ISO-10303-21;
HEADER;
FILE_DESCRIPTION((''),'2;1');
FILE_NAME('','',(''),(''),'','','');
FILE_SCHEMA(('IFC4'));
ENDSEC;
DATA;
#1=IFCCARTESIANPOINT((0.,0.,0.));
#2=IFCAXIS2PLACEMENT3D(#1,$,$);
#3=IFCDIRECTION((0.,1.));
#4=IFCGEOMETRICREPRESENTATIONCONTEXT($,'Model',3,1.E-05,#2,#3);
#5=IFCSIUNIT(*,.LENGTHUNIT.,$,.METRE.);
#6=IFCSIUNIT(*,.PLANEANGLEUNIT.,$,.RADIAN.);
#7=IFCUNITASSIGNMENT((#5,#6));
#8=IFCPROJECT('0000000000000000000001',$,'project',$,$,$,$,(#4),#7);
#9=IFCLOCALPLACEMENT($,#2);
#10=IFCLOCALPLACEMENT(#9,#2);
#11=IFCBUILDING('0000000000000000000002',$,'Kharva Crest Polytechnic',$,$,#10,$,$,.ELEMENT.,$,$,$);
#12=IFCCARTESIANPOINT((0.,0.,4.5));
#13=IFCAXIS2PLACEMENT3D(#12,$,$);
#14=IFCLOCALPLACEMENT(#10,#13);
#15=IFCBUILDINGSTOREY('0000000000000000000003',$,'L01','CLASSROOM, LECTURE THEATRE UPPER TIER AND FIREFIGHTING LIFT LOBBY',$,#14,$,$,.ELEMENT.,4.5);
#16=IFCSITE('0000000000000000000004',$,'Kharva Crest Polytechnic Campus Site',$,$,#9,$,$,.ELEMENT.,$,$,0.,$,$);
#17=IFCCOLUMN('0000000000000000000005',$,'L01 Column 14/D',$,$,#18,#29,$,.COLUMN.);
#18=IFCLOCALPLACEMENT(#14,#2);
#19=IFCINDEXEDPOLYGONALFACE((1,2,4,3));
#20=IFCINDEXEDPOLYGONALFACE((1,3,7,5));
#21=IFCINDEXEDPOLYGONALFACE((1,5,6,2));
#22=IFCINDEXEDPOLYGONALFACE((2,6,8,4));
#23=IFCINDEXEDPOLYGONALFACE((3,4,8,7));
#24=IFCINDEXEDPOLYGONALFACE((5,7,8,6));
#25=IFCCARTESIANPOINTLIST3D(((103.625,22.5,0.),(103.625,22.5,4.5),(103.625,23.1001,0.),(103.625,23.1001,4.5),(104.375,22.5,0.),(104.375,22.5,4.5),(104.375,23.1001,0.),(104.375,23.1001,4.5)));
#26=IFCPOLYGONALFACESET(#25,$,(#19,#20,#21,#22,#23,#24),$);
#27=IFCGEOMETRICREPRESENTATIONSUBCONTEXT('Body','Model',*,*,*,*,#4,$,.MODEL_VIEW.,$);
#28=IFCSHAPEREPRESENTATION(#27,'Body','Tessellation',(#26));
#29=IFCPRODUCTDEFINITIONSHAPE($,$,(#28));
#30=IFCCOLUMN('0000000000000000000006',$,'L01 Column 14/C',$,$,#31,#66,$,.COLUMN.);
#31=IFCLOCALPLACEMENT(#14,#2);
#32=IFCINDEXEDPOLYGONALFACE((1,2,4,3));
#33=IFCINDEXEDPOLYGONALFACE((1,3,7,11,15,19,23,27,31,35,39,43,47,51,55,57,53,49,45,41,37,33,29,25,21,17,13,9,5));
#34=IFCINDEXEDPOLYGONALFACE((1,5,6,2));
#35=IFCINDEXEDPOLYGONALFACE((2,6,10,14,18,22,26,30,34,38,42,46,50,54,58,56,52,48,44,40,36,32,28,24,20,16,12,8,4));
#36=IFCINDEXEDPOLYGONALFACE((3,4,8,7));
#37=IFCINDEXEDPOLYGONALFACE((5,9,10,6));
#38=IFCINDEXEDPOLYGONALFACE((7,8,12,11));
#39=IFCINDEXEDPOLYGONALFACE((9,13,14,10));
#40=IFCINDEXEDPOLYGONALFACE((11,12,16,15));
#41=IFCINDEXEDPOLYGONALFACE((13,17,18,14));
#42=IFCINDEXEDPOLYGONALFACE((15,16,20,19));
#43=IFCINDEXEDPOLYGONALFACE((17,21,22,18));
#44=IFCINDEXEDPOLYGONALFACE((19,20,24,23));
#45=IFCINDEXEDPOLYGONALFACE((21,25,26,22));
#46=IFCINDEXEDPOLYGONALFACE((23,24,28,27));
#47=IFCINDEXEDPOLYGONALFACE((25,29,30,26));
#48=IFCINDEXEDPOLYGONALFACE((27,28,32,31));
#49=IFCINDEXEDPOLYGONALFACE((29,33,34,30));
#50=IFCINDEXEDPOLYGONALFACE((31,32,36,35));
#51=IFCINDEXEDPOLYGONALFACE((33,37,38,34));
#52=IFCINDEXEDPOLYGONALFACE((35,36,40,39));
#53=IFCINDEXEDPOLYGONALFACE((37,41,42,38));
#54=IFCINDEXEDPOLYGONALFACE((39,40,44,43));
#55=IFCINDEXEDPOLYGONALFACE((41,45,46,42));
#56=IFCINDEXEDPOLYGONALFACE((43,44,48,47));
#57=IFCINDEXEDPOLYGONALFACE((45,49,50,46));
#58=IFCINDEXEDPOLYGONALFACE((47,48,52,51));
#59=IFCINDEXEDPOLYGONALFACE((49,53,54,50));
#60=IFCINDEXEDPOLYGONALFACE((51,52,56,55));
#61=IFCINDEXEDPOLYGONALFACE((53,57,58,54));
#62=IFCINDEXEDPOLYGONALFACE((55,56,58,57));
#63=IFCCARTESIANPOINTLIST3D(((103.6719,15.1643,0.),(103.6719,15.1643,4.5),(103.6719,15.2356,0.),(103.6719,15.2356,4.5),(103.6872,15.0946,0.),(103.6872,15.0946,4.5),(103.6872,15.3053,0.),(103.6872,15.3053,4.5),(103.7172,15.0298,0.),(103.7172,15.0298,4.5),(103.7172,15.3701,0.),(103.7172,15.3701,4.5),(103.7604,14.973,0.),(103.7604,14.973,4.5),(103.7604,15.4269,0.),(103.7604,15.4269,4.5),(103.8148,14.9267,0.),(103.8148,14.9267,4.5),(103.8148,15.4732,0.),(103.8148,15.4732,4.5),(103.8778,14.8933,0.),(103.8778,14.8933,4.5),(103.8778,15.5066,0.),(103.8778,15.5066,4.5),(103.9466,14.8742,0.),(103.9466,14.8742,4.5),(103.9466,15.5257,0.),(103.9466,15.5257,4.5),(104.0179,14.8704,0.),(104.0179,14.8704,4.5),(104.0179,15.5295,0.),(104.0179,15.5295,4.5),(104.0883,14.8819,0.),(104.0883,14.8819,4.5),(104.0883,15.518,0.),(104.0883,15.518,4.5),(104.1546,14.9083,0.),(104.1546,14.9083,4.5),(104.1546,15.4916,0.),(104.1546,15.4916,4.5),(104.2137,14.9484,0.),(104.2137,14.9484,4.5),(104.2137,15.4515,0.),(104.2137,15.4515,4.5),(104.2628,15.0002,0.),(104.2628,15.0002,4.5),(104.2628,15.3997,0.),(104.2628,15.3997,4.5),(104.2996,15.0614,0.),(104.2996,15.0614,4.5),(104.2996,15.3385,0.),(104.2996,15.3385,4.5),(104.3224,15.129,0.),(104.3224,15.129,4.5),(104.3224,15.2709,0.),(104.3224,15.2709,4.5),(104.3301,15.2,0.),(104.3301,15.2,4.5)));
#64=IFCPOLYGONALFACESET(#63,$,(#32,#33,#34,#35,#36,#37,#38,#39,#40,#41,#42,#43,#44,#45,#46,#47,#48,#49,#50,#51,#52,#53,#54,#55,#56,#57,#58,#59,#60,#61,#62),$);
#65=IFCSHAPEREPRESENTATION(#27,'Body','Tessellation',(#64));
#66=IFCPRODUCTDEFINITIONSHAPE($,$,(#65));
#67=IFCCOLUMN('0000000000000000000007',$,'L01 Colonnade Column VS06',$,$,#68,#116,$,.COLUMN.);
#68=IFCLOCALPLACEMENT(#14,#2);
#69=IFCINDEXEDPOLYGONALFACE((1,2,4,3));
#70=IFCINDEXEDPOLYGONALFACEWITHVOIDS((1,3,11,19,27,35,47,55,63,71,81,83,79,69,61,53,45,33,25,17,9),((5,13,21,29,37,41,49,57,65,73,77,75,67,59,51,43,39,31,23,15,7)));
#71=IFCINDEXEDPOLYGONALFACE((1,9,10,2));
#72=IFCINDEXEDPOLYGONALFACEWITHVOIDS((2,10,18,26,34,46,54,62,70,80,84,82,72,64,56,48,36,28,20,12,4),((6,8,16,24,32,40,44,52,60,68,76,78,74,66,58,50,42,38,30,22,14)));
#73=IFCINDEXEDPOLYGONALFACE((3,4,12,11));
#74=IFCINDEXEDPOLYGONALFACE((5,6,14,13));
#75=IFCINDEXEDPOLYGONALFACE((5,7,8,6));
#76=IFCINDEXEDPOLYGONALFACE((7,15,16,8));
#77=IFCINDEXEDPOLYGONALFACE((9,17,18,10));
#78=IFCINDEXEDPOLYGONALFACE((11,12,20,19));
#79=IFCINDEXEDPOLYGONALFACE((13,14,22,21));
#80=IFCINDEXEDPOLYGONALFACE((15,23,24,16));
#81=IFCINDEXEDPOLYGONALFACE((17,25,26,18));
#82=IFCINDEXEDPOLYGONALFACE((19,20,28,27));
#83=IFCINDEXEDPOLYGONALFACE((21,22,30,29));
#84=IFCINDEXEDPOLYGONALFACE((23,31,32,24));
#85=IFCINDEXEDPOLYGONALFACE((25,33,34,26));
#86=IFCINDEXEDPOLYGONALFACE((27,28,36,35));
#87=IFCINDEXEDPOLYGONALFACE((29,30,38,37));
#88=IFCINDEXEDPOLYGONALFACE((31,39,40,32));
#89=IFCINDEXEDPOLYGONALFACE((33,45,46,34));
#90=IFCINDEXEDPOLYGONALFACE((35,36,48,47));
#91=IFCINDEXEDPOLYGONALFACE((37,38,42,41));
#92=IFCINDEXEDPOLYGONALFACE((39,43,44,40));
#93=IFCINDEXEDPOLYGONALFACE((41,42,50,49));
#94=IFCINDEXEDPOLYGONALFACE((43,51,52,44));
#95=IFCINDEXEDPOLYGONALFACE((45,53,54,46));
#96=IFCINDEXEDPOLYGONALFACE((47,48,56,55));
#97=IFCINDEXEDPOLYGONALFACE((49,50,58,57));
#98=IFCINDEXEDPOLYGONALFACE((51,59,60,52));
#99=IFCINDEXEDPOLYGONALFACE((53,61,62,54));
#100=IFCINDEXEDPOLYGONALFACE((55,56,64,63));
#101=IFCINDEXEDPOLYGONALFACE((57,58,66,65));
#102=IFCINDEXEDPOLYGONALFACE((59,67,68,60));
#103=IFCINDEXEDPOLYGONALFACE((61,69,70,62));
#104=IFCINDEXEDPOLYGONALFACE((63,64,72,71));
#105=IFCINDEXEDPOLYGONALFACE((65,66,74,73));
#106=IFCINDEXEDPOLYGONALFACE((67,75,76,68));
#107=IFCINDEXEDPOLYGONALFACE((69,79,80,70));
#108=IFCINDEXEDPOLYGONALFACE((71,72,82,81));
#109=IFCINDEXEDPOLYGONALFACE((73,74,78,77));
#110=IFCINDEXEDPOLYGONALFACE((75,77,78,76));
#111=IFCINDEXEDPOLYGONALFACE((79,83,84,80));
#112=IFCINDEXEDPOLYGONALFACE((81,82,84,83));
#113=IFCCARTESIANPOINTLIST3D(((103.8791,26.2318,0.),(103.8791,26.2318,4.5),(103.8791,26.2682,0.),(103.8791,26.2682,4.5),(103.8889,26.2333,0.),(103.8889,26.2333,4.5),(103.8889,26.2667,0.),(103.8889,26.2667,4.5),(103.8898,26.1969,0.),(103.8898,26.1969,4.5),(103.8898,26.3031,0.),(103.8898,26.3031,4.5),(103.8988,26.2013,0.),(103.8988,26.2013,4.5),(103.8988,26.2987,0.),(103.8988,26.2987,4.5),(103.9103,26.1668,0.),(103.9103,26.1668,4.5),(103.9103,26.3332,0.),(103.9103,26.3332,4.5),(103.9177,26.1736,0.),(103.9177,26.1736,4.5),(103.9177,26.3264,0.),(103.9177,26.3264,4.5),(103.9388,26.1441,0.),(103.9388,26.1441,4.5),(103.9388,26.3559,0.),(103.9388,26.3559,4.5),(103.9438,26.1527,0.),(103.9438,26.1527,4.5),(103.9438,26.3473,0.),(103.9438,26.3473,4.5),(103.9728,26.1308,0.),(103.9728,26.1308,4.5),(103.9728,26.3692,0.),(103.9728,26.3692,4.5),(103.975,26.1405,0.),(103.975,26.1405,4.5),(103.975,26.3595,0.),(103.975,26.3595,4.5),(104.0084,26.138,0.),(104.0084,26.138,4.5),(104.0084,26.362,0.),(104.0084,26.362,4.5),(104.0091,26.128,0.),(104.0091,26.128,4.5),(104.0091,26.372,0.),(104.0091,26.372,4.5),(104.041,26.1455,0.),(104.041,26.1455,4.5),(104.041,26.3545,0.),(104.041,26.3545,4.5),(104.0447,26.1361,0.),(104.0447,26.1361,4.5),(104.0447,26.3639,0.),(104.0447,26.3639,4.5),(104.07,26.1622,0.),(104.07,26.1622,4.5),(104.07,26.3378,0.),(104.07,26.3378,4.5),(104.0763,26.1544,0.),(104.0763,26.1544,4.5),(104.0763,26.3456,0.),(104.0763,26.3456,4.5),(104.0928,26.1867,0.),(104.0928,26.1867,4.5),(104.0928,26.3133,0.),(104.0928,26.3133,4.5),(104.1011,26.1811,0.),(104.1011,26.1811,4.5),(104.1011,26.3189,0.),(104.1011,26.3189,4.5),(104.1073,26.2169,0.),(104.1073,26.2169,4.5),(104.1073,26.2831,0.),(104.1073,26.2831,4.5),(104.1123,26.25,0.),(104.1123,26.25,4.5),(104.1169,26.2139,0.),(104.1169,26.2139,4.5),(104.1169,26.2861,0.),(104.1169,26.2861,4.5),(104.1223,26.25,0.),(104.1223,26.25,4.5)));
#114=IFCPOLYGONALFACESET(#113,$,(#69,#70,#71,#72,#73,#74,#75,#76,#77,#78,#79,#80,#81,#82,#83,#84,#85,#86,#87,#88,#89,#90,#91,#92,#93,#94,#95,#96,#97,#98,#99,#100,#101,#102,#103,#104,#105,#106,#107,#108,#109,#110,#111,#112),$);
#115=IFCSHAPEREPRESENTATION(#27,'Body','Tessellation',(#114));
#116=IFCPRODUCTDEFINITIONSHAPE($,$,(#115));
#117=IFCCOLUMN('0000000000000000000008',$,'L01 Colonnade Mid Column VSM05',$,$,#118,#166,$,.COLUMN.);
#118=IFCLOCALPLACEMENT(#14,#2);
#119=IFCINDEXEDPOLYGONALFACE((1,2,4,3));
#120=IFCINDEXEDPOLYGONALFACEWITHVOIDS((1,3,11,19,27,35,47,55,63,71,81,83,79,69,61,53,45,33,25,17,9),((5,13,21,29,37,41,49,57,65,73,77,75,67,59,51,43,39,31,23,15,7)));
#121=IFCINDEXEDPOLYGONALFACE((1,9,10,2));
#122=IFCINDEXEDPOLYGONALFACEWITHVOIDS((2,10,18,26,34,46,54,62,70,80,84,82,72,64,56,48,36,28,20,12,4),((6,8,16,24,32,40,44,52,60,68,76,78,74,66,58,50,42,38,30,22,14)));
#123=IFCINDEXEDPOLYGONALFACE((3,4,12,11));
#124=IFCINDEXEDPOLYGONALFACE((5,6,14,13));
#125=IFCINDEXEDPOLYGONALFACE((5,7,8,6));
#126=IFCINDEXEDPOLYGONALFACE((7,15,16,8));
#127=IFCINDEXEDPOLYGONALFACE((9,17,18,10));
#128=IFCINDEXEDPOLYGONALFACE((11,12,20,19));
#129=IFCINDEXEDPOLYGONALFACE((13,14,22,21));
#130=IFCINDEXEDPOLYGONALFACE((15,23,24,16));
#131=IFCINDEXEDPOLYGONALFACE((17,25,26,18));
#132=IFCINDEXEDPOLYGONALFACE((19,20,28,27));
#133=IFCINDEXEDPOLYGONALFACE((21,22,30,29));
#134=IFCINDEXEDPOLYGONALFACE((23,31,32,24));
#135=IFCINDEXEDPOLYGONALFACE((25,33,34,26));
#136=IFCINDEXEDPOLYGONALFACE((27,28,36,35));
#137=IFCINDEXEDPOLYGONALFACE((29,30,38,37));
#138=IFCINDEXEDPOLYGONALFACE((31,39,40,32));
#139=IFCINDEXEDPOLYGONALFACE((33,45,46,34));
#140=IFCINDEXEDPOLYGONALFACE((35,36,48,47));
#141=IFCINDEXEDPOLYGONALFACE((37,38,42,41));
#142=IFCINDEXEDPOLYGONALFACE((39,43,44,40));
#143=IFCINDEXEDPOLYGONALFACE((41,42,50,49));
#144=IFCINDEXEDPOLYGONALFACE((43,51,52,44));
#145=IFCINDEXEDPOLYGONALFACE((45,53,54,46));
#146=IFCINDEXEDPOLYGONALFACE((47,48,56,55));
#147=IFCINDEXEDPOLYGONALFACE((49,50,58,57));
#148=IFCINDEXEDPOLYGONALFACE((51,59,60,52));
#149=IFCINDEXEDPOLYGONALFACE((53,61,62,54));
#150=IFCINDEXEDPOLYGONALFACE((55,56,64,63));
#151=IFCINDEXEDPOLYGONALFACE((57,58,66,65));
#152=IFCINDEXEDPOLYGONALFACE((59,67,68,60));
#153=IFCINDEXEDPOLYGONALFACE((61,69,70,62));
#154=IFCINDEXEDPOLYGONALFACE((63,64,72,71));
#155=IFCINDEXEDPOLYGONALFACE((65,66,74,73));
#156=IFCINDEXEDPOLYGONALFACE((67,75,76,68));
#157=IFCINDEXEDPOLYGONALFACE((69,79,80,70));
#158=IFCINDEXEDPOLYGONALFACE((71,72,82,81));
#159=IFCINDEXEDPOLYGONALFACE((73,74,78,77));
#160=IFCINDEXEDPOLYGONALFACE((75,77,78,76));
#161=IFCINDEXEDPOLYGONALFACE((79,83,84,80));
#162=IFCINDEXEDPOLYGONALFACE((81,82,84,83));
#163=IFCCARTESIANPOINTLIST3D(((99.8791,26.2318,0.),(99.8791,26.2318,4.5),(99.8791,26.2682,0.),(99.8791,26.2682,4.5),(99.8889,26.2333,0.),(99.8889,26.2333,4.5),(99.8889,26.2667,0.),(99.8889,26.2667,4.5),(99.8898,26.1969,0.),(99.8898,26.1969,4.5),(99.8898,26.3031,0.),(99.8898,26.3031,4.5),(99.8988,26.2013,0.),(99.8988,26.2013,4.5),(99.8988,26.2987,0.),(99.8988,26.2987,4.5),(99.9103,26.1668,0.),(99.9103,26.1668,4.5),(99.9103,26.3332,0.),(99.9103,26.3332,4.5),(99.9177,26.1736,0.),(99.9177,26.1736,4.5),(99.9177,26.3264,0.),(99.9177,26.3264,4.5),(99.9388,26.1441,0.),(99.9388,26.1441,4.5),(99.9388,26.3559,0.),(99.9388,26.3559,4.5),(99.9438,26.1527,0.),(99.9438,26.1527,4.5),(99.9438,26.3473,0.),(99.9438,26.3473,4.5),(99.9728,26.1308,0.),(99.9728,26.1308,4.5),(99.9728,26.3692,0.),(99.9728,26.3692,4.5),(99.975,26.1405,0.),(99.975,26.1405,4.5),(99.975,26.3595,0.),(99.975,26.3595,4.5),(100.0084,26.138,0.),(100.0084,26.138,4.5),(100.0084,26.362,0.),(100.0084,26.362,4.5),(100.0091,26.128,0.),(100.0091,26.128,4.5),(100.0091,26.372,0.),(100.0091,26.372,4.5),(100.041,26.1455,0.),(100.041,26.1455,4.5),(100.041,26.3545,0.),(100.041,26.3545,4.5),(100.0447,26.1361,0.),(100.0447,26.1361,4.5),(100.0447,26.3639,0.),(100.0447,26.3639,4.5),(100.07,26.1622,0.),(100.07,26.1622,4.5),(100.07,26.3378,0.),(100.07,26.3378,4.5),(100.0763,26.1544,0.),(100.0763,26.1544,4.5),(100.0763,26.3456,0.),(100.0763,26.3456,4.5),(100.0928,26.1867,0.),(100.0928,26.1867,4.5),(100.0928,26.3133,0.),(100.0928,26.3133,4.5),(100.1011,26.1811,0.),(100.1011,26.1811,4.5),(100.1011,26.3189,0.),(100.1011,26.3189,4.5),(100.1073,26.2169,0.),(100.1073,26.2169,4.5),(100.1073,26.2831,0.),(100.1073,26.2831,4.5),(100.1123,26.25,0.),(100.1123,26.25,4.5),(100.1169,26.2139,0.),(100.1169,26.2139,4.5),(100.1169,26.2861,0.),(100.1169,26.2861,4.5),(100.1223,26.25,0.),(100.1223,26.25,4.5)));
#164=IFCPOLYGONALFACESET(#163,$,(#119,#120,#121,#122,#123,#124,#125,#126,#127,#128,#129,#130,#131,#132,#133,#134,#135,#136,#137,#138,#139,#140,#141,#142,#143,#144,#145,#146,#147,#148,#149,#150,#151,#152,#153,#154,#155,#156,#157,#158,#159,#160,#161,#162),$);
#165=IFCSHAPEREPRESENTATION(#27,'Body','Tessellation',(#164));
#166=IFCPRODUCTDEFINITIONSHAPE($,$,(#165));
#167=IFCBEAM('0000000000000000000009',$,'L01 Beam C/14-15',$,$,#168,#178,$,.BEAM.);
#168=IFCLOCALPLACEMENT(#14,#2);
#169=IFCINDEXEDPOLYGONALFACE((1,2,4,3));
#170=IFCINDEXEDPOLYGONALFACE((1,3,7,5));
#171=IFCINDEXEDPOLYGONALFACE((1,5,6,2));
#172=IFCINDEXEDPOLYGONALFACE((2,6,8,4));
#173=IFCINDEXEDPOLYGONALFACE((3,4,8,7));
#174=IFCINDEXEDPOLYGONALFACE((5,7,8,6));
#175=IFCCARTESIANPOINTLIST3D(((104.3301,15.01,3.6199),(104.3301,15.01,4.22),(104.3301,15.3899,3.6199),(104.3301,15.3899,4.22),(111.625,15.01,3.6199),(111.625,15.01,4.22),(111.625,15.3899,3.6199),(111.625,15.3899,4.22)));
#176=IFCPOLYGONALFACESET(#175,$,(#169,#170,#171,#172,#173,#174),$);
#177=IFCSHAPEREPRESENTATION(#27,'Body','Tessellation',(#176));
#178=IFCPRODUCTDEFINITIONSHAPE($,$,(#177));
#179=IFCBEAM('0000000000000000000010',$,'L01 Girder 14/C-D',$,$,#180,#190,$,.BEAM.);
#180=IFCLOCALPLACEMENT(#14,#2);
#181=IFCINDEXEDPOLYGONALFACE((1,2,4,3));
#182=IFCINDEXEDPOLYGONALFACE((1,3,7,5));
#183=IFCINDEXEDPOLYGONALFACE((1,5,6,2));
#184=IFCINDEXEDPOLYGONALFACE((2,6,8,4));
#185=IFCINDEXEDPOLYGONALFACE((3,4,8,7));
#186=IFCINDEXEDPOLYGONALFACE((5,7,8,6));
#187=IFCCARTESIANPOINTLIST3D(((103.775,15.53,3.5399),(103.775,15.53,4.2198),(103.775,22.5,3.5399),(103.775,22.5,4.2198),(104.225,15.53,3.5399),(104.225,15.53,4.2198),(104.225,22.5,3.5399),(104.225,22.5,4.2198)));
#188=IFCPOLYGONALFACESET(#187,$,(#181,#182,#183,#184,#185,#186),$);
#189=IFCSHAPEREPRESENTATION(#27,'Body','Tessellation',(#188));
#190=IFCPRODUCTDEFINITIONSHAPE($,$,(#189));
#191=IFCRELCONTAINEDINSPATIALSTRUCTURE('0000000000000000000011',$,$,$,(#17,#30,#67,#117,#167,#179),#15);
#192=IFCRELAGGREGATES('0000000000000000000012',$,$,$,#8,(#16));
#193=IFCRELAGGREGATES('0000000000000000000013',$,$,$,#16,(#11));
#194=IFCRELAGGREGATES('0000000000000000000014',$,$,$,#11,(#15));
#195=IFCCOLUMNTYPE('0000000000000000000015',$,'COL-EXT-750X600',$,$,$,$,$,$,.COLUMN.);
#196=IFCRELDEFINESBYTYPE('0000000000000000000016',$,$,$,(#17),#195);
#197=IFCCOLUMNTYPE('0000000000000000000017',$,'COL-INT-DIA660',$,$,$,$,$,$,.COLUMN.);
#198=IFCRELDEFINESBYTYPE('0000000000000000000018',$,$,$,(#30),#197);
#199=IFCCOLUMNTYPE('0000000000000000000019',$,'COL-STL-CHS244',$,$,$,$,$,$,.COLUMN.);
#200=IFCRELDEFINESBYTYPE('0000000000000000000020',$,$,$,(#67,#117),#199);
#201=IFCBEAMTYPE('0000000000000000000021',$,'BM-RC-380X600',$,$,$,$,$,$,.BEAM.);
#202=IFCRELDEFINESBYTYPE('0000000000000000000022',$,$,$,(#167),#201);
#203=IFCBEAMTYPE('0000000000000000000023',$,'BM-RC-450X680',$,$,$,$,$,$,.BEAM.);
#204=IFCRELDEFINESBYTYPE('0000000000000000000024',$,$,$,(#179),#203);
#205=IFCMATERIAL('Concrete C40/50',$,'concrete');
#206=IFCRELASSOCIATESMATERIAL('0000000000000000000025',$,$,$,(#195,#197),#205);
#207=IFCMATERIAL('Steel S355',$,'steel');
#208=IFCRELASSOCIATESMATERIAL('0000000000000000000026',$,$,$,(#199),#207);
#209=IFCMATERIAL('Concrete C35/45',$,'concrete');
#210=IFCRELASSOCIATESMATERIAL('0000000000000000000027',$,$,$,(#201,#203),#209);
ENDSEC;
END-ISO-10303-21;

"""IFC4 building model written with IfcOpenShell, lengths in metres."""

from ifc_helpers import new_model, si_unit, direction, frame, origin, origin_2d, place, context, subcontext, project, spatial, rectangle, circle, hollow_circle, extrude, material, material_profile, profile_set, type_object, element, save


model = new_model("IFC4")

# Units and contexts
model_context = context("Model", 3, precision=1e-05, world=origin(), true_north=direction((0.0, 1.0)))
body_context = subcontext(model_context, "Body", "Model", "MODEL_VIEW")
ifc_project = project(units=[si_unit("LENGTHUNIT", "METRE"), si_unit("PLANEANGLEUNIT", "RADIAN")], contexts=[model_context])

# Site, building, storey
site_placement = place(None, origin())
site = spatial("IfcSite", under=ifc_project, at=site_placement, Name="Kharva Crest Polytechnic Campus Site", CompositionType="ELEMENT", RefElevation=0.0)
building_placement = place(site_placement, origin())
building = spatial("IfcBuilding", under=site, at=building_placement, Name="Kharva Crest Polytechnic", CompositionType="ELEMENT")
storey_placement = place(building_placement, frame((0.0, 0.0, 4.5)))
storey = spatial("IfcBuildingStorey", under=building, at=storey_placement, Name="L01", Description="CLASSROOM, LECTURE THEATRE UPPER TIER AND FIREFIGHTING LIFT LOBBY", CompositionType="ELEMENT", Elevation=4.5)

# Columns
ifc_material_1 = material(Name="Concrete C40/50", Category="concrete")
ifc_material_profile_1 = material_profile(ifc_material_1, rectangle(XDim=0.75, YDim=0.6001, at=origin_2d()), Name="RECT 750 X 600")
ifc_profile_set_1 = profile_set([ifc_material_profile_1], Name="Concrete C40/50")
column_type_1 = type_object("IfcColumnType", Name="COL-EXT-750X600", PredefinedType="COLUMN", material=ifc_profile_set_1)
column_1_placement = place(storey_placement, frame((104.0, 22.8, 0.0), z_axis=(0.0, 0.0, 1.0), x_axis=(1.0, 0.0, 0.0)))
element("IfcColumn", 1, at=column_1_placement, inside=storey, type_object=column_type_1, Name="L01 Column 14/D", PredefinedType="COLUMN", context=body_context, shape_type="SweptSolid", body=[
    extrude(rectangle(XDim=0.75, YDim=0.6001, at=origin_2d()), origin(), (0.0, 0.0, 1.0), 4.5),
])
ifc_material_profile_2 = material_profile(ifc_material_1, circle(Radius=0.3301, at=origin_2d()), Name="DIA 660")
ifc_profile_set_2 = profile_set([ifc_material_profile_2], Name="Concrete C40/50")
column_type_2 = type_object("IfcColumnType", Name="COL-INT-DIA660", PredefinedType="COLUMN", material=ifc_profile_set_2)
column_2_placement = place(storey_placement, frame((104.0, 15.2, 0.0), z_axis=(0.0, 0.0, 1.0), x_axis=(1.0, 0.0, 0.0)))
element("IfcColumn", 2, at=column_2_placement, inside=storey, type_object=column_type_2, Name="L01 Column 14/C", PredefinedType="COLUMN", context=body_context, shape_type="SweptSolid", body=[
    extrude(circle(Radius=0.3301, at=origin_2d()), origin(), (0.0, 0.0, 1.0), 4.5),
])
ifc_material_2 = material(Name="Steel S355", Category="steel")
ifc_material_profile_3 = material_profile(ifc_material_2, hollow_circle(Radius=0.1223, WallThickness=0.01, at=origin_2d()), Name="CHS 244.5X10.0")
ifc_profile_set_3 = profile_set([ifc_material_profile_3], Name="Steel S355")
column_type_3 = type_object("IfcColumnType", Name="COL-STL-CHS244", PredefinedType="COLUMN", material=ifc_profile_set_3)
for number, where, z_axis, x_axis, name in (
    (3, (104.0, 26.25, 0.0), (0.0, 0.0, 1.0), (1.0, 0.0, 0.0), "L01 Colonnade Column VS06"),
    (4, (100.0, 26.25, 0.0), (0.0, 0.0, 1.0), (1.0, 0.0, 0.0), "L01 Colonnade Mid Column VSM05"),
):
    element("IfcColumn", number, at=place(storey_placement, frame(where, z_axis=z_axis, x_axis=x_axis)), inside=storey, type_object=column_type_3, Name=name, PredefinedType="COLUMN", context=body_context, shape_type="SweptSolid", body=[
        extrude(hollow_circle(Radius=0.1223, WallThickness=0.01, at=origin_2d()), origin(), (0.0, 0.0, 1.0), 4.5),
    ])

# Beams
ifc_material_3 = material(Name="Concrete C35/45", Category="concrete")
ifc_material_profile_4 = material_profile(ifc_material_3, rectangle(XDim=0.3799, YDim=0.6001, at=origin_2d()), Name="RECT 380 X 600")
ifc_profile_set_4 = profile_set([ifc_material_profile_4], Name="Concrete C35/45")
beam_type_1 = type_object("IfcBeamType", Name="BM-RC-380X600", PredefinedType="BEAM", material=ifc_profile_set_4)
beam_1_placement = place(storey_placement, frame((104.3301, 15.2, 3.9199), z_axis=(1.0, 0.0, 0.0), x_axis=(0.0, 1.0, 0.0)))
element("IfcBeam", 5, at=beam_1_placement, inside=storey, type_object=beam_type_1, Name="L01 Beam C/14-15", PredefinedType="BEAM", context=body_context, shape_type="SweptSolid", body=[
    extrude(rectangle(XDim=0.3799, YDim=0.6001, at=origin_2d()), origin(), (0.0, 0.0, 1.0), 7.2949),
])
ifc_material_profile_5 = material_profile(ifc_material_3, rectangle(XDim=0.45, YDim=0.6799, at=origin_2d()), Name="RECT 450 X 680")
ifc_profile_set_5 = profile_set([ifc_material_profile_5], Name="Concrete C35/45")
beam_type_2 = type_object("IfcBeamType", Name="BM-RC-450X680", PredefinedType="BEAM", material=ifc_profile_set_5)
beam_2_placement = place(storey_placement, frame((104.0, 15.53, 3.8799), z_axis=(0.0, 1.0, 0.0), x_axis=(-1.0, 0.0, 0.0)))
element("IfcBeam", 6, at=beam_2_placement, inside=storey, type_object=beam_type_2, Name="L01 Girder 14/C-D", PredefinedType="BEAM", context=body_context, shape_type="SweptSolid", body=[
    extrude(rectangle(XDim=0.45, YDim=0.6799, at=origin_2d()), origin(), (0.0, 0.0, 1.0), 6.97),
])

save(model, "model.ifc")
